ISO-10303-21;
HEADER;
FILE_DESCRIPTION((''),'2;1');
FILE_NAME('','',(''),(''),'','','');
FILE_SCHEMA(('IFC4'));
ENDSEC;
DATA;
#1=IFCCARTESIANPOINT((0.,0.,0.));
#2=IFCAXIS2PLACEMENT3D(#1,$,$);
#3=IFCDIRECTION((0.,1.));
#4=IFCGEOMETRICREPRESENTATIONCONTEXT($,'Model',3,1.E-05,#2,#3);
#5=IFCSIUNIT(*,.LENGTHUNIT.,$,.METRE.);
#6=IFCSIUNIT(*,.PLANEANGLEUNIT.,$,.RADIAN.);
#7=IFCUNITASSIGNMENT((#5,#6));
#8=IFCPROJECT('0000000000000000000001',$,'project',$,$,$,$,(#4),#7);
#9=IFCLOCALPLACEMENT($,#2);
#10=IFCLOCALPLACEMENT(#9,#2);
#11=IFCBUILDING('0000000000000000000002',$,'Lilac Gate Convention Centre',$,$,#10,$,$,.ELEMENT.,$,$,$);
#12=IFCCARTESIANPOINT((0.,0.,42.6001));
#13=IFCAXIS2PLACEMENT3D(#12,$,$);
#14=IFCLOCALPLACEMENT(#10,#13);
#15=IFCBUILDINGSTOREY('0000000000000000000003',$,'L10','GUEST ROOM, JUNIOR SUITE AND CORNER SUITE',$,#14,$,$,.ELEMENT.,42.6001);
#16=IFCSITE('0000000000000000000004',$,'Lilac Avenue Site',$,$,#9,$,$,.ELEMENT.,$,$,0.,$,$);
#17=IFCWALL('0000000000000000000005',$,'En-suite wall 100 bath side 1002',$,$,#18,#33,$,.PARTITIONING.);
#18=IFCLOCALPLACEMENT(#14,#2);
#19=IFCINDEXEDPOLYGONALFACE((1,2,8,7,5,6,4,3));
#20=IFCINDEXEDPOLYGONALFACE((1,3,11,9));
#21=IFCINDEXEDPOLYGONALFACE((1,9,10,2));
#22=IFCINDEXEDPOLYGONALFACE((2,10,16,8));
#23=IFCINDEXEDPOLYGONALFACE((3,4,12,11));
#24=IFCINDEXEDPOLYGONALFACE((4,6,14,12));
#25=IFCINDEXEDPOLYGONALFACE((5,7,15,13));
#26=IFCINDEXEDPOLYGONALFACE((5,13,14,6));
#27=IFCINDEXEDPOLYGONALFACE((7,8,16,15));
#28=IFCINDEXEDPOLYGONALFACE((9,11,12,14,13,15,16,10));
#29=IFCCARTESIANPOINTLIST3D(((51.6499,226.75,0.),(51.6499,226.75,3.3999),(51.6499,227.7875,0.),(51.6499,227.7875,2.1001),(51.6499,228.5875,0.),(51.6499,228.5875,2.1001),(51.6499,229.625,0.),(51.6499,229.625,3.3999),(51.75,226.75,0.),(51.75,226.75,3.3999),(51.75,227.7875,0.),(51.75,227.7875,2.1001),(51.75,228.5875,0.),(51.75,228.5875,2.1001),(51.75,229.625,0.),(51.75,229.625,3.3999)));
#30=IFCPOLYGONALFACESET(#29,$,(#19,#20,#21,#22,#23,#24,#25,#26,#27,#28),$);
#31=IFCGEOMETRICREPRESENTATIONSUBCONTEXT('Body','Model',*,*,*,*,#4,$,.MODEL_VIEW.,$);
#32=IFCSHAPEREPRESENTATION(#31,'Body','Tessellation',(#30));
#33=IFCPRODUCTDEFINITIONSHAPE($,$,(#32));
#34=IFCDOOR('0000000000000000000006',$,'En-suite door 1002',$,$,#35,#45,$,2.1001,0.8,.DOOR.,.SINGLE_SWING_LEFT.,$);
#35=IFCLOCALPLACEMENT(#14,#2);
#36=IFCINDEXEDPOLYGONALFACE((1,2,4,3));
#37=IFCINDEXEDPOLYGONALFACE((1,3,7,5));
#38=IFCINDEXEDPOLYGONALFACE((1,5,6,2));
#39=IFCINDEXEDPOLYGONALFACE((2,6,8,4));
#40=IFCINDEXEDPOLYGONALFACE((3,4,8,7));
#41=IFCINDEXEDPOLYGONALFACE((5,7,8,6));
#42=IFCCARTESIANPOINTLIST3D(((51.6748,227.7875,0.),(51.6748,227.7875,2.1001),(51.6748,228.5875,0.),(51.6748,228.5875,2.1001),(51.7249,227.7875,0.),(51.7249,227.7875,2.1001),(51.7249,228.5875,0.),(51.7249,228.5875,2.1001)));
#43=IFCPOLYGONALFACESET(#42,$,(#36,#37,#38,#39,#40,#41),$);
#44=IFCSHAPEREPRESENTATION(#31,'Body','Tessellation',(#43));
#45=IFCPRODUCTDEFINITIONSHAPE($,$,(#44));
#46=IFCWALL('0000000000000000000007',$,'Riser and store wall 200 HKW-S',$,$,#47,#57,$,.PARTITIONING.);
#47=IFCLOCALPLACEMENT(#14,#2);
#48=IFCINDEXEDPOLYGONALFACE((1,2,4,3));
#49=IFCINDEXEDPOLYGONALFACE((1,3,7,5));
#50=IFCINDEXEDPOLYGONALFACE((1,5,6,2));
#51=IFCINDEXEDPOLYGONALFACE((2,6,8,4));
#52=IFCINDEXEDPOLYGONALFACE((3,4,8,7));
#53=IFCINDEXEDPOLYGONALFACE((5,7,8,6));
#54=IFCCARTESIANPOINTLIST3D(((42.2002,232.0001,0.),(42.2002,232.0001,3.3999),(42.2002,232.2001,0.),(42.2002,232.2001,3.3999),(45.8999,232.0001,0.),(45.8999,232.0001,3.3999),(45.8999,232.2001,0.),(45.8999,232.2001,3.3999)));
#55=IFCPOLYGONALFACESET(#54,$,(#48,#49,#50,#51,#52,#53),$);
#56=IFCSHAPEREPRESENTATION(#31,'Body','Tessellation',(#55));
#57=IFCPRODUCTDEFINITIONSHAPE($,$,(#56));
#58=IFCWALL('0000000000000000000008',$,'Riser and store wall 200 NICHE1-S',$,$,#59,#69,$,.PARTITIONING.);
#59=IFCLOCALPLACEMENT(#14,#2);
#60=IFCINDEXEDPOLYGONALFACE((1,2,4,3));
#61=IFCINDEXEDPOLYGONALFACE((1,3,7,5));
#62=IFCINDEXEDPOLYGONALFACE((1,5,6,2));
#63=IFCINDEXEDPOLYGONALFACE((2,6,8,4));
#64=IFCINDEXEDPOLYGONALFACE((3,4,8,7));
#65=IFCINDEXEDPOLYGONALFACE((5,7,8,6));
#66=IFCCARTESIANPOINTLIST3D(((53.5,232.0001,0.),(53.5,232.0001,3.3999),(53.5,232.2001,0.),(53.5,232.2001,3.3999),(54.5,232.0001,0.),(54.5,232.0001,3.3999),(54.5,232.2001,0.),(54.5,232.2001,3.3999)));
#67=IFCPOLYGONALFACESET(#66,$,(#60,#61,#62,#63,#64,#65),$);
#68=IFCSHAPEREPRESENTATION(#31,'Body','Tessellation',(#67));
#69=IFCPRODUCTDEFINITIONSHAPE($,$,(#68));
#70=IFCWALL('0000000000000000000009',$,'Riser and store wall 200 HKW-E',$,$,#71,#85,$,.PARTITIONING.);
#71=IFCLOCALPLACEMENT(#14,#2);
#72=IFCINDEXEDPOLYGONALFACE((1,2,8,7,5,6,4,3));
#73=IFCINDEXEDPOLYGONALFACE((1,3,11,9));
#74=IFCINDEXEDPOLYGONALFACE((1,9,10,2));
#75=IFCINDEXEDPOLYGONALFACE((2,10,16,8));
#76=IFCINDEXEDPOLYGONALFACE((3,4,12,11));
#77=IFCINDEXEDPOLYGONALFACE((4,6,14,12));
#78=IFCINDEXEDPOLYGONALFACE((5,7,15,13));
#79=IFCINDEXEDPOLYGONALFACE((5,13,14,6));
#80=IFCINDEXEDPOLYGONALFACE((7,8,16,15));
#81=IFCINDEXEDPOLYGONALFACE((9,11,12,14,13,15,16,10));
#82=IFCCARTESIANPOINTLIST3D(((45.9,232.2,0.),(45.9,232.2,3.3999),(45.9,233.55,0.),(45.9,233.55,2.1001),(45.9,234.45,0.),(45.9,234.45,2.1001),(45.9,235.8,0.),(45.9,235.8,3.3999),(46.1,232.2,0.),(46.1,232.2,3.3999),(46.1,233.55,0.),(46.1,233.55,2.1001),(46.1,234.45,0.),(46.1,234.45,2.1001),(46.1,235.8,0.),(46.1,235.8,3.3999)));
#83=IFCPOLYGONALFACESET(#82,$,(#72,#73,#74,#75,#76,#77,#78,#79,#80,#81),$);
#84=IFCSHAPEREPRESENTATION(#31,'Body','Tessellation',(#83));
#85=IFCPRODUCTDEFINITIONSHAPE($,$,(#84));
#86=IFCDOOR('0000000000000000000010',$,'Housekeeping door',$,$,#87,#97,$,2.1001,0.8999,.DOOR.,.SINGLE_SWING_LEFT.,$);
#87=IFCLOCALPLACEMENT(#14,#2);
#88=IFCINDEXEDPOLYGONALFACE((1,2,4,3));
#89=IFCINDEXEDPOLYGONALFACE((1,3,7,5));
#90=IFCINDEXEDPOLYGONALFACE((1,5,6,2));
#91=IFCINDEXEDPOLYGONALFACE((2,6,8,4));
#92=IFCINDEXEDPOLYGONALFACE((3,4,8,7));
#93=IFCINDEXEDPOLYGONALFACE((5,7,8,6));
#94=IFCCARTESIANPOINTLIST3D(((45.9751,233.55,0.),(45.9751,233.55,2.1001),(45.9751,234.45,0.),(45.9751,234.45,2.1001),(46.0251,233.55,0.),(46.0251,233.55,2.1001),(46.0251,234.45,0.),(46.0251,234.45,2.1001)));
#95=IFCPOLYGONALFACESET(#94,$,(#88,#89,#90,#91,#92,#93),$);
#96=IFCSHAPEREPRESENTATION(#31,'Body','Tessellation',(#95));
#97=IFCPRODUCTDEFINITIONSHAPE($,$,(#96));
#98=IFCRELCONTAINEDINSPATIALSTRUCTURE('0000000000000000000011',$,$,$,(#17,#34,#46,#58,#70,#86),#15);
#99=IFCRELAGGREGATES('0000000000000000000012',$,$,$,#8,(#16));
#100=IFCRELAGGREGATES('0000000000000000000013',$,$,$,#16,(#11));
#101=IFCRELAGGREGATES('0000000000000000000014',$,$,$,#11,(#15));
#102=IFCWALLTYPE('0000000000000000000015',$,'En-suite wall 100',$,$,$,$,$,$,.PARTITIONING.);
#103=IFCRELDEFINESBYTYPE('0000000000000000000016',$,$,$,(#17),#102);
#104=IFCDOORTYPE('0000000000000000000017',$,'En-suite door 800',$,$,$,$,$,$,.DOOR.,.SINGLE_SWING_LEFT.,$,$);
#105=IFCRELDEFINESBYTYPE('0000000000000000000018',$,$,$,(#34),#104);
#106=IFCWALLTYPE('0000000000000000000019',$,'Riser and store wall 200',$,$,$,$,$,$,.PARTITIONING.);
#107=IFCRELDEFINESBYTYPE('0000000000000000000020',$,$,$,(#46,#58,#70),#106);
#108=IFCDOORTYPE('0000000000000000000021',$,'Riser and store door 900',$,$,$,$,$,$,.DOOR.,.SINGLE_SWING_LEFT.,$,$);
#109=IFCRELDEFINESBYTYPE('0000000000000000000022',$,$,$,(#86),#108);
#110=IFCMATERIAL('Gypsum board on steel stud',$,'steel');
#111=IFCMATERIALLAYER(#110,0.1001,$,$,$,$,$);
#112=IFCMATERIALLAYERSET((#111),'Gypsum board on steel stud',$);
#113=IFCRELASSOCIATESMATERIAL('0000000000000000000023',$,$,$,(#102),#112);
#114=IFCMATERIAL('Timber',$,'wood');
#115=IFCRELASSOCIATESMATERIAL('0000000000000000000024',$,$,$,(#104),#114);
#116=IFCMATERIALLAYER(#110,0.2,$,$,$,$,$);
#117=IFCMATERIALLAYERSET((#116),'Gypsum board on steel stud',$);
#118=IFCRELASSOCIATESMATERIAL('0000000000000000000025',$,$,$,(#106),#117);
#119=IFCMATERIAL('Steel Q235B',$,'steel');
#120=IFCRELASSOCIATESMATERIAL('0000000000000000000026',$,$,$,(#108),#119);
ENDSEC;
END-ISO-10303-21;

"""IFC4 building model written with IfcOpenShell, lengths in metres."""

from ifc_helpers import new_model, si_unit, direction, frame, frame_2d, origin, place, context, subcontext, project, spatial, rectangle, extrude, material, layer, layer_set, type_object, element, fill, save


model = new_model("IFC4")

# Units and contexts
model_context = context("Model", 3, precision=1e-05, world=origin(), true_north=direction((0.0, 1.0)))
body_context = subcontext(model_context, "Body", "Model", "MODEL_VIEW")
ifc_project = project(units=[si_unit("LENGTHUNIT", "METRE"), si_unit("PLANEANGLEUNIT", "RADIAN")], contexts=[model_context])

# Site, building, storey
site_placement = place(None, origin())
site = spatial("IfcSite", under=ifc_project, at=site_placement, Name="Lilac Avenue Site", CompositionType="ELEMENT", RefElevation=0.0)
building_placement = place(site_placement, origin())
building = spatial("IfcBuilding", under=site, at=building_placement, Name="Lilac Gate Convention Centre", CompositionType="ELEMENT")
storey_placement = place(building_placement, frame((0.0, 0.0, 42.6001)))
storey = spatial("IfcBuildingStorey", under=building, at=storey_placement, Name="L10", Description="GUEST ROOM, JUNIOR SUITE AND CORNER SUITE", CompositionType="ELEMENT", Elevation=42.6001)

# Wall, opening, door
ifc_material_1 = material(Name="Gypsum board on steel stud", Category="steel")
ifc_material_2 = material(Name="Timber", Category="wood")
ifc_layer_1 = layer(ifc_material_1, 0.1001)
ifc_layer_set_1 = layer_set([ifc_layer_1], Name="Gypsum board on steel stud")
wall_type_1 = type_object("IfcWallType", Name="En-suite wall 100", PredefinedType="PARTITIONING", material=ifc_layer_set_1)
wall_1_placement = place(storey_placement, frame((51.7, 229.625, 0.0), z_axis=(0.0, 0.0, 1.0), x_axis=(0.0, -1.0, 0.0)))
wall_1 = element("IfcWall", 1, at=wall_1_placement, inside=storey, type_object=wall_type_1, Name="En-suite wall 100 bath side 1002", PredefinedType="PARTITIONING", context=body_context, shape_type="SweptSolid", body=[
    extrude(rectangle(XDim=2.875, YDim=0.1001, at=frame_2d((1.4375, 0.0))), origin(), (0.0, 0.0, 1.0), 3.3999),
])
opening_1_placement = place(wall_1_placement, frame((1.0376, 0.0, 0.0)))
opening_1 = element("IfcOpeningElement", 2, at=opening_1_placement, cuts=wall_1, PredefinedType="OPENING", context=body_context, shape_type="SweptSolid", body=[
    extrude(rectangle(XDim=0.8, YDim=2.1001, at=frame_2d((0.3999, 1.05))), frame((0.0, 0.0601, 0.0), z_axis=(0.0, -1.0, 0.0), x_axis=(1.0, 0.0, 0.0)), (0.0, 0.0, 1.0), 0.1201),
])
door_type_1 = type_object("IfcDoorType", Name="En-suite door 800", OperationType="SINGLE_SWING_LEFT", PredefinedType="DOOR", material=ifc_material_2)
door_1_placement = place(opening_1_placement, origin())
door_1 = element("IfcDoor", 3, at=door_1_placement, inside=storey, type_object=door_type_1, Name="En-suite door 1002", OperationType="SINGLE_SWING_LEFT", OverallHeight=2.1001, OverallWidth=0.8, PredefinedType="DOOR", context=body_context, shape_type="SweptSolid", body=[
    extrude(rectangle(XDim=0.8, YDim=2.1001, at=frame_2d((0.3999, 1.05))), frame((0.0, 0.0249, 0.0), z_axis=(0.0, -1.0, 0.0), x_axis=(1.0, 0.0, 0.0)), (0.0, 0.0, 1.0), 0.05),
])
fill(opening_1, door_1)

# Walls
ifc_layer_2 = layer(ifc_material_1, 0.2)
ifc_layer_set_2 = layer_set([ifc_layer_2], Name="Gypsum board on steel stud")
wall_type_2 = type_object("IfcWallType", Name="Riser and store wall 200", PredefinedType="PARTITIONING", material=ifc_layer_set_2)
wall_2_placement = place(storey_placement, frame((42.2002, 232.1001, 0.0), z_axis=(0.0, 0.0, 1.0), x_axis=(1.0, 0.0, 0.0)))
element("IfcWall", 4, at=wall_2_placement, inside=storey, type_object=wall_type_2, Name="Riser and store wall 200 HKW-S", PredefinedType="PARTITIONING", context=body_context, shape_type="SweptSolid", body=[
    extrude(rectangle(XDim=3.6997, YDim=0.2, at=frame_2d((1.8499, 0.0))), origin(), (0.0, 0.0, 1.0), 3.3999),
])
wall_3_placement = place(storey_placement, frame((53.5, 232.1001, 0.0), z_axis=(0.0, 0.0, 1.0), x_axis=(1.0, 0.0, 0.0)))
element("IfcWall", 5, at=wall_3_placement, inside=storey, type_object=wall_type_2, Name="Riser and store wall 200 NICHE1-S", PredefinedType="PARTITIONING", context=body_context, shape_type="SweptSolid", body=[
    extrude(rectangle(XDim=1.0, YDim=0.2, at=frame_2d((0.5, 0.0))), origin(), (0.0, 0.0, 1.0), 3.3999),
])

# Wall, opening, door
wall_4_placement = place(storey_placement, frame((46.0, 232.2, 0.0), z_axis=(0.0, 0.0, 1.0), x_axis=(0.0, 1.0, 0.0)))
wall_4 = element("IfcWall", 6, at=wall_4_placement, inside=storey, type_object=wall_type_2, Name="Riser and store wall 200 HKW-E", PredefinedType="PARTITIONING", context=body_context, shape_type="SweptSolid", body=[
    extrude(rectangle(XDim=3.6001, YDim=0.2, at=frame_2d((1.8, 0.0))), origin(), (0.0, 0.0, 1.0), 3.3999),
])
opening_2_placement = place(wall_4_placement, frame((1.3501, 0.0, 0.0)))
opening_2 = element("IfcOpeningElement", 7, at=opening_2_placement, cuts=wall_4, PredefinedType="OPENING", context=body_context, shape_type="SweptSolid", body=[
    extrude(rectangle(XDim=0.8999, YDim=2.1001, at=frame_2d((0.45, 1.05))), frame((0.0, 0.1099, 0.0), z_axis=(0.0, -1.0, 0.0), x_axis=(1.0, 0.0, 0.0)), (0.0, 0.0, 1.0), 0.22),
])
ifc_material_3 = material(Name="Steel Q235B", Category="steel")
door_type_2 = type_object("IfcDoorType", Name="Riser and store door 900", OperationType="SINGLE_SWING_LEFT", PredefinedType="DOOR", material=ifc_material_3)
door_2_placement = place(opening_2_placement, origin())
door_2 = element("IfcDoor", 8, at=door_2_placement, inside=storey, type_object=door_type_2, Name="Housekeeping door", OperationType="SINGLE_SWING_LEFT", OverallHeight=2.1001, OverallWidth=0.8999, PredefinedType="DOOR", context=body_context, shape_type="SweptSolid", body=[
    extrude(rectangle(XDim=0.8999, YDim=2.1001, at=frame_2d((0.45, 1.05))), frame((0.0, 0.0249, 0.0), z_axis=(0.0, -1.0, 0.0), x_axis=(1.0, 0.0, 0.0)), (0.0, 0.0, 1.0), 0.05),
])
fill(opening_2, door_2)

save(model, "model.ifc")
